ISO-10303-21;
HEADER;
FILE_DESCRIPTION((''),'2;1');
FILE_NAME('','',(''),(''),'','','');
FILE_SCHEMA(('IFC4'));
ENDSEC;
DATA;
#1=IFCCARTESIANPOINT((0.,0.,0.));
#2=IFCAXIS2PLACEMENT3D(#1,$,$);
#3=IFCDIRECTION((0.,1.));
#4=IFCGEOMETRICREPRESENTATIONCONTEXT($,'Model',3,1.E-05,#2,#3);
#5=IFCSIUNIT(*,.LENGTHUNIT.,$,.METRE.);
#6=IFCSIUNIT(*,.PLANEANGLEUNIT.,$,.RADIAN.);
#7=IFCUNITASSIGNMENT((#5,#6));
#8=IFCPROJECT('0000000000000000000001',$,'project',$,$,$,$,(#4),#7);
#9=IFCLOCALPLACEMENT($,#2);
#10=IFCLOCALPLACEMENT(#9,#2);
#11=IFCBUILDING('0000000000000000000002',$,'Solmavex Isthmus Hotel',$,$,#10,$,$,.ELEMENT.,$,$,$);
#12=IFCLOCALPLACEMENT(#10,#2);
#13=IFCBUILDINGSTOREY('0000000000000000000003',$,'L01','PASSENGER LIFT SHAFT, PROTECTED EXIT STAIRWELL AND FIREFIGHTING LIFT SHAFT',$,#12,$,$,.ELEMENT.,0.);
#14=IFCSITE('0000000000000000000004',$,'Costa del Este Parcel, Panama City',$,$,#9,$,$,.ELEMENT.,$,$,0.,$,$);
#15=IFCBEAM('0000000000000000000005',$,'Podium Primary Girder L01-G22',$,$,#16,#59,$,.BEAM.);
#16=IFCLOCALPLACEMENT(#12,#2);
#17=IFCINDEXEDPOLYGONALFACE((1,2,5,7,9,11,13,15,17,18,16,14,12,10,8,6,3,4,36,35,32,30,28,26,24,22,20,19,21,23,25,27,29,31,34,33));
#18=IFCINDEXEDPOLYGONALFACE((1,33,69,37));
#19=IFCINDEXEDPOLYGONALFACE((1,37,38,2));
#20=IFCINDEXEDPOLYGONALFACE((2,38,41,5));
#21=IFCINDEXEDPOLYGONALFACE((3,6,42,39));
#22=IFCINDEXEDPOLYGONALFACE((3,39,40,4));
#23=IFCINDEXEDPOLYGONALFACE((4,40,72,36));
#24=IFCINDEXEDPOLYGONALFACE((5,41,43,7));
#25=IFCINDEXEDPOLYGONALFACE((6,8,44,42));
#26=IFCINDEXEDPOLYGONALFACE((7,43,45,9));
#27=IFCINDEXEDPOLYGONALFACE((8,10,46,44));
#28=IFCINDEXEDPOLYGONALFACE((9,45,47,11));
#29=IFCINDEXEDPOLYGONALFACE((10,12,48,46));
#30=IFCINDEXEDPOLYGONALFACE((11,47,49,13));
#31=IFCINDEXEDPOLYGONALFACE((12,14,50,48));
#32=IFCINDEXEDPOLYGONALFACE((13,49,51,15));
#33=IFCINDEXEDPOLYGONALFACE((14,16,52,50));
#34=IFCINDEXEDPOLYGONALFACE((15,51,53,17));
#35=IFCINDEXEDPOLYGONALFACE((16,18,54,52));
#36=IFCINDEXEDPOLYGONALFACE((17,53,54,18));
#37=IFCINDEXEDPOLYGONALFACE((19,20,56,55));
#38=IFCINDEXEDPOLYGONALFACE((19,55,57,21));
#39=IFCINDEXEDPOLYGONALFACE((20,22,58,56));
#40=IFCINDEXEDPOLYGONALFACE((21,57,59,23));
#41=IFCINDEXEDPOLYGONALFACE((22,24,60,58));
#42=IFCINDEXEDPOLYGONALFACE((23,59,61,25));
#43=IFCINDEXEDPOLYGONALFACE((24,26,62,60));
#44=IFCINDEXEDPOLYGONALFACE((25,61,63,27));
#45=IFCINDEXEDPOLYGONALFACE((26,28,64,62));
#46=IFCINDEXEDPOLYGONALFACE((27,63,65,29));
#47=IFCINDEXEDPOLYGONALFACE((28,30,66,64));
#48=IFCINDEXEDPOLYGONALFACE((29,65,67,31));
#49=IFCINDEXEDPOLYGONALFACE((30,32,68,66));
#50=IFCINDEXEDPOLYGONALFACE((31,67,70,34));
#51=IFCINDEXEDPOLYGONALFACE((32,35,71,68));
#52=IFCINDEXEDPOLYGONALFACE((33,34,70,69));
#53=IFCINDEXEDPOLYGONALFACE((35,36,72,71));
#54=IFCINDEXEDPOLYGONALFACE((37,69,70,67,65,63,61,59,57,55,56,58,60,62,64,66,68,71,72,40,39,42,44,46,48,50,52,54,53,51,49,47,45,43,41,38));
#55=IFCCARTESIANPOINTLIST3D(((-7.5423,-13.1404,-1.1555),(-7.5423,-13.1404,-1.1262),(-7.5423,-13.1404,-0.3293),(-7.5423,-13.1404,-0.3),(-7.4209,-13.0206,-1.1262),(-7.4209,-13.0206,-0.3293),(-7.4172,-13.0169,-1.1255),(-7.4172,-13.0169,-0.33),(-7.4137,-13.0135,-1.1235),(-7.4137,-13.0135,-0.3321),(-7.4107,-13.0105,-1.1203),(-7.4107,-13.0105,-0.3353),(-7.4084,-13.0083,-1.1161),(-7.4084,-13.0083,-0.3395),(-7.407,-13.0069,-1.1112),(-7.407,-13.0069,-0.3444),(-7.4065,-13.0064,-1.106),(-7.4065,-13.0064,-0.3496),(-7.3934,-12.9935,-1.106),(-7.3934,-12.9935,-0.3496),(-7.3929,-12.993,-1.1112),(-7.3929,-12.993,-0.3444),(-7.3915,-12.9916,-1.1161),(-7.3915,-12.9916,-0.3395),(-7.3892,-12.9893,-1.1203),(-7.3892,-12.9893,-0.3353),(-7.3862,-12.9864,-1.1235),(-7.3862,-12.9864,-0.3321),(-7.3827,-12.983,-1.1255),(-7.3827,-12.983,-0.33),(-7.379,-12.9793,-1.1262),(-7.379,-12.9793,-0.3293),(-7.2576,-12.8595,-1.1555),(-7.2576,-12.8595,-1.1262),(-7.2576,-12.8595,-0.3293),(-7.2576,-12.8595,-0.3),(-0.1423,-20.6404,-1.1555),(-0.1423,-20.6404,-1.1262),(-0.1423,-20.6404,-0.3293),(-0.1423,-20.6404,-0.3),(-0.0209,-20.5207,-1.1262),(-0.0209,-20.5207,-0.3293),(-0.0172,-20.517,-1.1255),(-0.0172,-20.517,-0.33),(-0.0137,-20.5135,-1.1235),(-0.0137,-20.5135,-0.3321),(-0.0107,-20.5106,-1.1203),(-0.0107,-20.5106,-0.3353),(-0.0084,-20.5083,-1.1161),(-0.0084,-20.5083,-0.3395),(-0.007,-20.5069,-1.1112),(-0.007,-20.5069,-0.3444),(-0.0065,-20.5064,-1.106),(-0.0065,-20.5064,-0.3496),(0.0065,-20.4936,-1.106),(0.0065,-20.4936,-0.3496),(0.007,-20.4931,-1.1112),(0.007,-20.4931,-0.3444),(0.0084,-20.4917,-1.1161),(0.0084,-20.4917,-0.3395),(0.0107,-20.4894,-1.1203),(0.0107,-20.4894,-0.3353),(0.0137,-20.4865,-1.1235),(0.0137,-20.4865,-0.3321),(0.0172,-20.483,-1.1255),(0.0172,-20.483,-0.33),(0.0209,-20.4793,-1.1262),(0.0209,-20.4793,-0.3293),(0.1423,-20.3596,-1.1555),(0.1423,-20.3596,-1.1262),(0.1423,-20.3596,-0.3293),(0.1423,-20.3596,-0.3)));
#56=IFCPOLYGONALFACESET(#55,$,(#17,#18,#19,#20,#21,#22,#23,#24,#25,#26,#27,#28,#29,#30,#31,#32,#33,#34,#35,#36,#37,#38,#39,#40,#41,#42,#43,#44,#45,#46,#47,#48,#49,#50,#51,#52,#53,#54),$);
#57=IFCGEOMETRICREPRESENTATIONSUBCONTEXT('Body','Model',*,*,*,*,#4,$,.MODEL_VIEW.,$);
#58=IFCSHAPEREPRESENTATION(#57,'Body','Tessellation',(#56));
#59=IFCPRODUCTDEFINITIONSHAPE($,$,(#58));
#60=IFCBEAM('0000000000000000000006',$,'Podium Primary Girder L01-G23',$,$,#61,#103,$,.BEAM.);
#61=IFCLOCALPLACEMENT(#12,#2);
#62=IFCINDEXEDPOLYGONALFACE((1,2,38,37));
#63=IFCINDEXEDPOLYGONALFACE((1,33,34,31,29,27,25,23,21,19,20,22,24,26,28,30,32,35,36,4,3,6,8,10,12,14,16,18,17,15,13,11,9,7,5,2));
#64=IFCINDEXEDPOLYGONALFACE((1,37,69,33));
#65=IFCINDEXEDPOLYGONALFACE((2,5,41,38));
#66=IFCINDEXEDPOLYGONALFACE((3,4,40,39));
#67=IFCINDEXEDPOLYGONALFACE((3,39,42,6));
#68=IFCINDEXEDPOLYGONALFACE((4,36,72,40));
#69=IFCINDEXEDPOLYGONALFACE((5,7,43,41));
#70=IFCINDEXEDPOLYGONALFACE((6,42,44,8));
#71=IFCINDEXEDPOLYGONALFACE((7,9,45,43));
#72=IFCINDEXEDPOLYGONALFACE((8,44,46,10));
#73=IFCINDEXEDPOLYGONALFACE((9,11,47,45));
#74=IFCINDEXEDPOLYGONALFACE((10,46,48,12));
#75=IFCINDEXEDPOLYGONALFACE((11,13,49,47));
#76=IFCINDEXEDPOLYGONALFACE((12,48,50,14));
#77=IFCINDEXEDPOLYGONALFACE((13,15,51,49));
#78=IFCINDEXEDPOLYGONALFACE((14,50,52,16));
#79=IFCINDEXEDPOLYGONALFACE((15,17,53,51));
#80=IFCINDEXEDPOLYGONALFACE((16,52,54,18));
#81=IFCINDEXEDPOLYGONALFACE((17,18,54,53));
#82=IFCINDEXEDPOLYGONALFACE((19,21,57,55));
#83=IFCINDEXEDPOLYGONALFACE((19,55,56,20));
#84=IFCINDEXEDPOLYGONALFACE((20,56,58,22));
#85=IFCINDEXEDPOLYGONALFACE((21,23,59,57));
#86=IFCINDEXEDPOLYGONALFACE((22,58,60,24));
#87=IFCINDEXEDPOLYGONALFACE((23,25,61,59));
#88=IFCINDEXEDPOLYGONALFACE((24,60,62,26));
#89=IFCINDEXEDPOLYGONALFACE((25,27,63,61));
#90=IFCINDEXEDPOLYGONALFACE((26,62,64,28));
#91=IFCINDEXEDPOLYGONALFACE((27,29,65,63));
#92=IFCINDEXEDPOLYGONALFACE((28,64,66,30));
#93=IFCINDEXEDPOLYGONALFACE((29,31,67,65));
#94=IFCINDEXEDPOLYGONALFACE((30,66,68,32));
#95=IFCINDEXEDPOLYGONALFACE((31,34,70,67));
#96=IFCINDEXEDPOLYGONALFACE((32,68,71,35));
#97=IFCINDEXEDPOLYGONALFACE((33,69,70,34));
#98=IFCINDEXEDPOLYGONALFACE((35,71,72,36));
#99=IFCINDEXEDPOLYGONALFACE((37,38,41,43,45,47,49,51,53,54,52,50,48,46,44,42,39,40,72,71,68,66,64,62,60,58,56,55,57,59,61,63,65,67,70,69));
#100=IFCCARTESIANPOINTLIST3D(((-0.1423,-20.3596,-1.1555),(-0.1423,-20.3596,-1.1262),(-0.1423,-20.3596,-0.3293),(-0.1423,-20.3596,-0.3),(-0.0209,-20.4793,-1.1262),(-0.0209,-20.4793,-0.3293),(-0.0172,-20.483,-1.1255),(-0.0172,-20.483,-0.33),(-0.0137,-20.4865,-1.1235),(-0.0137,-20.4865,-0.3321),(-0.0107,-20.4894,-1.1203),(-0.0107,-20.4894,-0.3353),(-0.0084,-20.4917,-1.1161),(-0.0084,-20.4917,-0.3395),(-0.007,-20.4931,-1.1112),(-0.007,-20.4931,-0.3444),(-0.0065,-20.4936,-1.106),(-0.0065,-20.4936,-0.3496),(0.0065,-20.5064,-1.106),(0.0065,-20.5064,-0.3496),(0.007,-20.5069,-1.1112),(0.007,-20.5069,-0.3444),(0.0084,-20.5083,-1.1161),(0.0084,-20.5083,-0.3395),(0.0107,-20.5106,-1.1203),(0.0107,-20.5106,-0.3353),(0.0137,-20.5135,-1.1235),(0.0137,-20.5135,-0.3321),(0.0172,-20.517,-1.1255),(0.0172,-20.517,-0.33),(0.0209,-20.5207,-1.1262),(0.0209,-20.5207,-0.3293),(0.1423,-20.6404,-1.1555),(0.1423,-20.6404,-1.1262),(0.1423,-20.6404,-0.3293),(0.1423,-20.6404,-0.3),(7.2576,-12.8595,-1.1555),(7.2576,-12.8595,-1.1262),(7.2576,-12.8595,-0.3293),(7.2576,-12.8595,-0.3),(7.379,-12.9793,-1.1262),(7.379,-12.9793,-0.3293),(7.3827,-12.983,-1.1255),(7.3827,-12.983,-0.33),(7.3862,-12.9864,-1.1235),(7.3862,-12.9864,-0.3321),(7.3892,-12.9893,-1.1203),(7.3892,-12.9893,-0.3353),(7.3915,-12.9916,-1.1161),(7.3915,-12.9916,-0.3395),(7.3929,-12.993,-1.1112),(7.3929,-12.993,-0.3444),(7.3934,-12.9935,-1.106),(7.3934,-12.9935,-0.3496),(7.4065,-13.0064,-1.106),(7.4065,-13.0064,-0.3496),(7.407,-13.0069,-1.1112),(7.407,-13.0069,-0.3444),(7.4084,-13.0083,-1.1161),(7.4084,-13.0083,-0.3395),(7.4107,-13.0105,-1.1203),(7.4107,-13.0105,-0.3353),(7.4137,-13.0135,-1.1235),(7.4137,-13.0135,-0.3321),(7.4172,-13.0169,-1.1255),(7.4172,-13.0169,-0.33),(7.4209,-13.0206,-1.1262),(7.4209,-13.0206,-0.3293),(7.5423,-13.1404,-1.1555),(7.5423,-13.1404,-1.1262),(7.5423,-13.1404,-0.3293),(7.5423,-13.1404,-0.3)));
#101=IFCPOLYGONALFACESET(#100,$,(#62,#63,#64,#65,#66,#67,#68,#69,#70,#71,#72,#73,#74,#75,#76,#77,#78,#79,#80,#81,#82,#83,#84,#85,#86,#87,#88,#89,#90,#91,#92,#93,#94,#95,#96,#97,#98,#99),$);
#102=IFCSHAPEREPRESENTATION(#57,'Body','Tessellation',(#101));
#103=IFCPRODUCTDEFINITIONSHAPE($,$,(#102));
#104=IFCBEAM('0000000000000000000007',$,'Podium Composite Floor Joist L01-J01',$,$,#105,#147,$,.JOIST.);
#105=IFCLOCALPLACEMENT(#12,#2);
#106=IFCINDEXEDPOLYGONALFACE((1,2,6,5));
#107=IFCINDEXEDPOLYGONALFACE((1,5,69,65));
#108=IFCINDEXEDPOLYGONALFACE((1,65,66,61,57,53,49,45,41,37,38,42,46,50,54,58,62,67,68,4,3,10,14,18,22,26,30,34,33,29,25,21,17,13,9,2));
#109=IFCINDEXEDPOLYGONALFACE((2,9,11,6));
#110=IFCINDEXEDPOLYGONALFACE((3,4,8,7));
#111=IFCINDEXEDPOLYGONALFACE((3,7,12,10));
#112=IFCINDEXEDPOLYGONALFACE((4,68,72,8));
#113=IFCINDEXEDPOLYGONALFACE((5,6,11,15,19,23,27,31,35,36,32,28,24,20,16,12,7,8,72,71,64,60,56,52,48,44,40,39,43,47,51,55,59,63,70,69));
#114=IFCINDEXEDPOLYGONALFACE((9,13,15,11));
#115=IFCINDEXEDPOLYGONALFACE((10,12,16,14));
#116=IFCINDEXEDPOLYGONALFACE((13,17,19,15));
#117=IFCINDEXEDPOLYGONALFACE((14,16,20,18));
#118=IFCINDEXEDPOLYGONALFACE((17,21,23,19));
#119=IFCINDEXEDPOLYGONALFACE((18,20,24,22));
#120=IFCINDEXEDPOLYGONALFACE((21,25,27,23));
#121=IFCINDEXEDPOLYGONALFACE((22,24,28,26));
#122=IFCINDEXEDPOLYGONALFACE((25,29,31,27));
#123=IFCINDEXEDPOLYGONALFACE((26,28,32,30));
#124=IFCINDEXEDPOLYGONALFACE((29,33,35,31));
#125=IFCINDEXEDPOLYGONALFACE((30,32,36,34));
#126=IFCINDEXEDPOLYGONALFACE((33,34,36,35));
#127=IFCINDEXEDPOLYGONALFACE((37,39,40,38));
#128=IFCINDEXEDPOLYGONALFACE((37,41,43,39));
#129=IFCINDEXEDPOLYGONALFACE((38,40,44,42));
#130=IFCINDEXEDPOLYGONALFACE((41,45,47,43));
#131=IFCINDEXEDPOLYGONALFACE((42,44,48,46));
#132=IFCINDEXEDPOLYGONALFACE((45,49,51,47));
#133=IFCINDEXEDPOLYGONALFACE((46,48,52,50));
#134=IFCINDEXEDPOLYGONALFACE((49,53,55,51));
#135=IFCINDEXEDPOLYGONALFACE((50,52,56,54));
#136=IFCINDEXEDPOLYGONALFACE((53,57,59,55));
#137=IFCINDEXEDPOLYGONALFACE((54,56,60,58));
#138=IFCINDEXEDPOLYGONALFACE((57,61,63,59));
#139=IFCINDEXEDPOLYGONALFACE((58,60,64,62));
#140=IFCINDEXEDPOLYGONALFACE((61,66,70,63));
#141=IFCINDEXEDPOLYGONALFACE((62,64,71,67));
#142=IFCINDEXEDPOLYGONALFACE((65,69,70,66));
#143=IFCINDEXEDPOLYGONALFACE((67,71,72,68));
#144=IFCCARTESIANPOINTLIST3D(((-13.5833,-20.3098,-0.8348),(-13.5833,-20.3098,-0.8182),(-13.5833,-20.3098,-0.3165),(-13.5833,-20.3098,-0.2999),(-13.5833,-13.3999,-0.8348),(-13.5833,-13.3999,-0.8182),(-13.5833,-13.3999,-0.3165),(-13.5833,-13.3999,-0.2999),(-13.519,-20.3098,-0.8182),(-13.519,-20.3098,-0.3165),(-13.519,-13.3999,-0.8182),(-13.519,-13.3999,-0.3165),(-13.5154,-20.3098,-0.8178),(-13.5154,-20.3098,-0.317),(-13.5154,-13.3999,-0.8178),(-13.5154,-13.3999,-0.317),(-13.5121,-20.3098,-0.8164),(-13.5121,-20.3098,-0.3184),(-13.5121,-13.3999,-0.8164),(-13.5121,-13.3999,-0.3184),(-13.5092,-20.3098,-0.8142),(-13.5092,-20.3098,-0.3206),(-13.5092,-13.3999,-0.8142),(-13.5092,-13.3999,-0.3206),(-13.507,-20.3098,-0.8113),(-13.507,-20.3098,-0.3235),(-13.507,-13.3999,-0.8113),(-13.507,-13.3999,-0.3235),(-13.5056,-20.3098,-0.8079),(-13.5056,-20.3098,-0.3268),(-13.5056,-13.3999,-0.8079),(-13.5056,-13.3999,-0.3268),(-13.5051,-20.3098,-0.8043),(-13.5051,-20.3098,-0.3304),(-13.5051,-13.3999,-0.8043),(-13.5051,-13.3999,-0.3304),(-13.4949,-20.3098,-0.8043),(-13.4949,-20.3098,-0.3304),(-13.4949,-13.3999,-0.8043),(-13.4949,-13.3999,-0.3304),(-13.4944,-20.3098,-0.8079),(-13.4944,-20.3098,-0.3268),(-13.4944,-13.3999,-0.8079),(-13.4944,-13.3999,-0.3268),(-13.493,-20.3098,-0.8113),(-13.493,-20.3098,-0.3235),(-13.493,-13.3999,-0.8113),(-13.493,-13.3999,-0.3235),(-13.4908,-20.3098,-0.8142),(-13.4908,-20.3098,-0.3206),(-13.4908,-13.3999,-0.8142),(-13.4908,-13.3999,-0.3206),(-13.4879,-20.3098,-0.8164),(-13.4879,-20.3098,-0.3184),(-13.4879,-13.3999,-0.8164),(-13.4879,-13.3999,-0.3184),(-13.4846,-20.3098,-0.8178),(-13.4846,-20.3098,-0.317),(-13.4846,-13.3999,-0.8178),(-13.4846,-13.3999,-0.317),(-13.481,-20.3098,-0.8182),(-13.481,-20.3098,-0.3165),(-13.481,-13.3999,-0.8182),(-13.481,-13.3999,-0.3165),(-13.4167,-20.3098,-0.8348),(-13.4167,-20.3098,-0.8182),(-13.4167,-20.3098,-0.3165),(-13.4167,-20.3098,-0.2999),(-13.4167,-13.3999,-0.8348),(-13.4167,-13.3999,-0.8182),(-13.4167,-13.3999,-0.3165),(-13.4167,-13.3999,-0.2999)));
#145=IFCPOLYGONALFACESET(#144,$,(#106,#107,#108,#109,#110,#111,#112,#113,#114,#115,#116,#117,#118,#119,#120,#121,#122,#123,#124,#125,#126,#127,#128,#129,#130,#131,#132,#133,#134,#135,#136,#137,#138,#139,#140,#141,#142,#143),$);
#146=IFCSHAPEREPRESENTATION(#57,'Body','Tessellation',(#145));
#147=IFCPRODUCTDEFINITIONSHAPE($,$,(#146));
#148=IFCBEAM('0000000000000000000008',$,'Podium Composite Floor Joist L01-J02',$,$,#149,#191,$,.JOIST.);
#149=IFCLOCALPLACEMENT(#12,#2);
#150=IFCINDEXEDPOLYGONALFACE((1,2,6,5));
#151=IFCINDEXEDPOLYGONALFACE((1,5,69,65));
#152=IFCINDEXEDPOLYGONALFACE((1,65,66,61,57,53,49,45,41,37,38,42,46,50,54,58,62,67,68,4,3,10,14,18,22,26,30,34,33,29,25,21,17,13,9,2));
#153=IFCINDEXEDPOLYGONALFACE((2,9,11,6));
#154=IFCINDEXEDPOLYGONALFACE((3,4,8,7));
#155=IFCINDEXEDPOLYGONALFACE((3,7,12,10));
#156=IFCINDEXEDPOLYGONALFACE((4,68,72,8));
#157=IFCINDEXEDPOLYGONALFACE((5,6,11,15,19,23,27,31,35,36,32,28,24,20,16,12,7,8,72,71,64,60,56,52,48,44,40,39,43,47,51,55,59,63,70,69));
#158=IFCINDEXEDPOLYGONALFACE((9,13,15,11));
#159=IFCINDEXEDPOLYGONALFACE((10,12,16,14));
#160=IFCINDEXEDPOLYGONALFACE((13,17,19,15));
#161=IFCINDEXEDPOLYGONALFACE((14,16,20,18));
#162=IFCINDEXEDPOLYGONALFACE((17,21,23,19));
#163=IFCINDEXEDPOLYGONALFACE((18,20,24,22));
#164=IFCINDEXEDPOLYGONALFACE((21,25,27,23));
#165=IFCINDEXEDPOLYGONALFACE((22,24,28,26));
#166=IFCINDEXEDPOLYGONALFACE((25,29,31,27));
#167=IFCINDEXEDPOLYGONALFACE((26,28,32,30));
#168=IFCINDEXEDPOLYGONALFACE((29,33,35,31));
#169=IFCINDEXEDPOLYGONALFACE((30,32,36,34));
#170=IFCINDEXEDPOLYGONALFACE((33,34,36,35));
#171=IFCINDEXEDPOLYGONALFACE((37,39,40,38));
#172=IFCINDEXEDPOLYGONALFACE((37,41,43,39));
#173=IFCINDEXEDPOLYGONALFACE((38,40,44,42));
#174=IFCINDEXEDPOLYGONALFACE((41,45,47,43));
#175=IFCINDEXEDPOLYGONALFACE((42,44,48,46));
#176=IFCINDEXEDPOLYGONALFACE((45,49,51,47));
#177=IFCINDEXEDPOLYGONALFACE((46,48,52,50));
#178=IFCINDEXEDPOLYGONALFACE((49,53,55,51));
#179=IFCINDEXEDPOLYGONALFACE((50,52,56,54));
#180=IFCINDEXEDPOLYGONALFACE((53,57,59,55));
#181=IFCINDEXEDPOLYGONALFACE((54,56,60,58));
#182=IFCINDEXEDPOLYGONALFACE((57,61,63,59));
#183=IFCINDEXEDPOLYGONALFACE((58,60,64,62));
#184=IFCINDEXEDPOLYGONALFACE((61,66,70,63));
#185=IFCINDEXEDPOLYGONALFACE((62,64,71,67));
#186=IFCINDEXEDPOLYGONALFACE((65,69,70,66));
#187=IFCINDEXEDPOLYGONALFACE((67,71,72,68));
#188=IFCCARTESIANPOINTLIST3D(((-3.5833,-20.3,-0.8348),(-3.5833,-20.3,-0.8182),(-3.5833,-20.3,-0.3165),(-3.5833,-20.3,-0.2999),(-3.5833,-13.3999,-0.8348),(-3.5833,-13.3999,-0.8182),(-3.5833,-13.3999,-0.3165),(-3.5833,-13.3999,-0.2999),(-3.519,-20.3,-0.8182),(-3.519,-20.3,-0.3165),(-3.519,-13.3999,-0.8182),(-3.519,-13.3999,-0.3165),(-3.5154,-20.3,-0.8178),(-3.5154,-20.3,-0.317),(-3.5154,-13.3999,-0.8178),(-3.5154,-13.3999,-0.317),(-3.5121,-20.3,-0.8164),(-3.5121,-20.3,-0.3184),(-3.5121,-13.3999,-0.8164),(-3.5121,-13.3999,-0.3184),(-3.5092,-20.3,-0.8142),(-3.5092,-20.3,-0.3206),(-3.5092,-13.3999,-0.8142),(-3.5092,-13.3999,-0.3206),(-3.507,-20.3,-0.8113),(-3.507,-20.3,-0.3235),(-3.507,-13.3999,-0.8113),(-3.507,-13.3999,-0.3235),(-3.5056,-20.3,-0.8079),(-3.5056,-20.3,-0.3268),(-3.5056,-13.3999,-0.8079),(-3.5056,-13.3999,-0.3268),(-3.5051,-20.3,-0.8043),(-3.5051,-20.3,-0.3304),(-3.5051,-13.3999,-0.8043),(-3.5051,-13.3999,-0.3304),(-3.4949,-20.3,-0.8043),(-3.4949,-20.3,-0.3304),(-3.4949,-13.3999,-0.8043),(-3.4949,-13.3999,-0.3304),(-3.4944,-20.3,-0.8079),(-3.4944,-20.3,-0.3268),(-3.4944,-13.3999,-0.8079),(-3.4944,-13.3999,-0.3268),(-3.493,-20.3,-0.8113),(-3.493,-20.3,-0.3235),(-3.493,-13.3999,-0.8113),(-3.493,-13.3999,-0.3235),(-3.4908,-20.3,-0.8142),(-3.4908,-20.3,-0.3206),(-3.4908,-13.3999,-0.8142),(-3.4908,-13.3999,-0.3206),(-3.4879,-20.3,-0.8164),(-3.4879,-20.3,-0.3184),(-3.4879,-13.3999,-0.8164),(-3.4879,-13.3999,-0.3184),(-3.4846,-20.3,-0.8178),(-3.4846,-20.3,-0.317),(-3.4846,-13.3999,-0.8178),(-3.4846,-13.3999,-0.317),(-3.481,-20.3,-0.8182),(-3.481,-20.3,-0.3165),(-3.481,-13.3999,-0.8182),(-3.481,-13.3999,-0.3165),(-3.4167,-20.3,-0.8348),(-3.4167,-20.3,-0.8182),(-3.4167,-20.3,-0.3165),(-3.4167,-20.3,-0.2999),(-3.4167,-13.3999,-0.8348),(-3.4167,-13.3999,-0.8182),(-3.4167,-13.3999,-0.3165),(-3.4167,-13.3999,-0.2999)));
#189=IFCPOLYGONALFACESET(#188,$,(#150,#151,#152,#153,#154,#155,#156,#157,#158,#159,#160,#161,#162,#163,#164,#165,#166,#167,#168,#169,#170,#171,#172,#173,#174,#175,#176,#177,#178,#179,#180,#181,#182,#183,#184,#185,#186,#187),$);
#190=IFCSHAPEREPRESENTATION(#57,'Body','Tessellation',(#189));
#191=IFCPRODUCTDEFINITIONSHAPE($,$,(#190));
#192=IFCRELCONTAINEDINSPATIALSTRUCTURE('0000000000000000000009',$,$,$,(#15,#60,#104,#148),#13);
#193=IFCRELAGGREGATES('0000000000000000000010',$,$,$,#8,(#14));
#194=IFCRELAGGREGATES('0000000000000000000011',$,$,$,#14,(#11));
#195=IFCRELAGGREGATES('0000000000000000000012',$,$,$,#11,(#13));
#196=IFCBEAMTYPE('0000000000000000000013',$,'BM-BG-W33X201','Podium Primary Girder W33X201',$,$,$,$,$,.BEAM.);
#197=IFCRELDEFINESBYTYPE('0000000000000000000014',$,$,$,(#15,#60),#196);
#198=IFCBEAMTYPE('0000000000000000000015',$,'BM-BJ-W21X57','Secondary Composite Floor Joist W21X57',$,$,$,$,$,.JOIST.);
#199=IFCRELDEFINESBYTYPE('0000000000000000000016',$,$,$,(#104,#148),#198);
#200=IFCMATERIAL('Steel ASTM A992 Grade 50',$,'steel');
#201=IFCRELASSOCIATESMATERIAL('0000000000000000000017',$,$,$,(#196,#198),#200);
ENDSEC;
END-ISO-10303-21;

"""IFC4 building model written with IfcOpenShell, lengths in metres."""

from ifc_helpers import new_model, si_unit, direction, frame, origin, origin_2d, place, context, subcontext, project, spatial, i_section, extrude, material, material_profile, profile_set, type_object, element, save


model = new_model("IFC4")

# Units and contexts
model_context = context("Model", 3, precision=1e-05, world=origin(), true_north=direction((0.0, 1.0)))
body_context = subcontext(model_context, "Body", "Model", "MODEL_VIEW")
ifc_project = project(units=[si_unit("LENGTHUNIT", "METRE"), si_unit("PLANEANGLEUNIT", "RADIAN")], contexts=[model_context])

# Site, building, storey
site_placement = place(None, origin())
site = spatial("IfcSite", under=ifc_project, at=site_placement, Name="Costa del Este Parcel, Panama City", CompositionType="ELEMENT", RefElevation=0.0)
building_placement = place(site_placement, origin())
building = spatial("IfcBuilding", under=site, at=building_placement, Name="Solmavex Isthmus Hotel", CompositionType="ELEMENT")
storey_placement = place(building_placement, origin())
storey = spatial("IfcBuildingStorey", under=building, at=storey_placement, Name="L01", Description="PASSENGER LIFT SHAFT, PROTECTED EXIT STAIRWELL AND FIREFIGHTING LIFT SHAFT", CompositionType="ELEMENT", Elevation=0.0)

# Beams
ifc_material_1 = material(Name="Steel ASTM A992 Grade 50", Category="steel")
ifc_material_profile_1 = material_profile(ifc_material_1, i_section(OverallWidth=0.3999, OverallDepth=0.8555, WebThickness=0.0183, FlangeThickness=0.0293, FilletRadius=0.0203, at=origin_2d()), Name="W33X201")
ifc_profile_set_1 = profile_set([ifc_material_profile_1], Name="Steel ASTM A992 Grade 50")
beam_type_1 = type_object("IfcBeamType", Name="BM-BG-W33X201", Description="Podium Primary Girder W33X201", PredefinedType="BEAM", material=ifc_profile_set_1)
for number, where, z_axis, x_axis, name in (
    (1, (0.0, -20.5, -0.7278), (-0.702341, 0.711841, 0.0), (-0.711841, -0.702341, 0.0), "Podium Primary Girder L01-G22"),
    (2, (0.0, -20.5, -0.7278), (0.702341, 0.711841, 0.0), (-0.711841, 0.702341, 0.0), "Podium Primary Girder L01-G23"),
):
    element("IfcBeam", number, at=place(storey_placement, frame(where, z_axis=z_axis, x_axis=x_axis)), inside=storey, type_object=beam_type_1, Name=name, PredefinedType="BEAM", context=body_context, shape_type="SweptSolid", body=[
        extrude(i_section(OverallWidth=0.3999, OverallDepth=0.8555, WebThickness=0.0183, FlangeThickness=0.0293, FilletRadius=0.0203, at=origin_2d()), origin(), (0.0, 0.0, 1.0), 10.5361),
    ])
ifc_material_profile_2 = material_profile(ifc_material_1, i_section(OverallWidth=0.1665, OverallDepth=0.5349, WebThickness=0.0103, FlangeThickness=0.0166, FilletRadius=0.0139, at=origin_2d()), Name="W21X57")
ifc_profile_set_2 = profile_set([ifc_material_profile_2], Name="Steel ASTM A992 Grade 50")
beam_type_2 = type_object("IfcBeamType", Name="BM-BJ-W21X57", Description="Secondary Composite Floor Joist W21X57", PredefinedType="JOIST", material=ifc_profile_set_2)
beam_1_placement = place(storey_placement, frame((-13.5, -20.3098, -0.5674), z_axis=(0.0, 1.0, 0.0), x_axis=(-1.0, 0.0, 0.0)))
element("IfcBeam", 3, at=beam_1_placement, inside=storey, type_object=beam_type_2, Name="Podium Composite Floor Joist L01-J01", PredefinedType="JOIST", context=body_context, shape_type="SweptSolid", body=[
    extrude(i_section(OverallWidth=0.1665, OverallDepth=0.5349, WebThickness=0.0103, FlangeThickness=0.0166, FilletRadius=0.0139, at=origin_2d()), origin(), (0.0, 0.0, 1.0), 6.9099),
])
for number, where, z_axis, x_axis, name in (
    (4, (-3.5, -20.3, -0.5674), (0.0, 1.0, 0.0), (-1.0, 0.0, 0.0), "Podium Composite Floor Joist L01-J02"),
):
    element("IfcBeam", number, at=place(storey_placement, frame(where, z_axis=z_axis, x_axis=x_axis)), inside=storey, type_object=beam_type_2, Name=name, PredefinedType="JOIST", context=body_context, shape_type="SweptSolid", body=[
        extrude(i_section(OverallWidth=0.1665, OverallDepth=0.5349, WebThickness=0.0103, FlangeThickness=0.0166, FilletRadius=0.0139, at=origin_2d()), origin(), (0.0, 0.0, 1.0), 6.9001),
    ])

save(model, "model.ifc")
